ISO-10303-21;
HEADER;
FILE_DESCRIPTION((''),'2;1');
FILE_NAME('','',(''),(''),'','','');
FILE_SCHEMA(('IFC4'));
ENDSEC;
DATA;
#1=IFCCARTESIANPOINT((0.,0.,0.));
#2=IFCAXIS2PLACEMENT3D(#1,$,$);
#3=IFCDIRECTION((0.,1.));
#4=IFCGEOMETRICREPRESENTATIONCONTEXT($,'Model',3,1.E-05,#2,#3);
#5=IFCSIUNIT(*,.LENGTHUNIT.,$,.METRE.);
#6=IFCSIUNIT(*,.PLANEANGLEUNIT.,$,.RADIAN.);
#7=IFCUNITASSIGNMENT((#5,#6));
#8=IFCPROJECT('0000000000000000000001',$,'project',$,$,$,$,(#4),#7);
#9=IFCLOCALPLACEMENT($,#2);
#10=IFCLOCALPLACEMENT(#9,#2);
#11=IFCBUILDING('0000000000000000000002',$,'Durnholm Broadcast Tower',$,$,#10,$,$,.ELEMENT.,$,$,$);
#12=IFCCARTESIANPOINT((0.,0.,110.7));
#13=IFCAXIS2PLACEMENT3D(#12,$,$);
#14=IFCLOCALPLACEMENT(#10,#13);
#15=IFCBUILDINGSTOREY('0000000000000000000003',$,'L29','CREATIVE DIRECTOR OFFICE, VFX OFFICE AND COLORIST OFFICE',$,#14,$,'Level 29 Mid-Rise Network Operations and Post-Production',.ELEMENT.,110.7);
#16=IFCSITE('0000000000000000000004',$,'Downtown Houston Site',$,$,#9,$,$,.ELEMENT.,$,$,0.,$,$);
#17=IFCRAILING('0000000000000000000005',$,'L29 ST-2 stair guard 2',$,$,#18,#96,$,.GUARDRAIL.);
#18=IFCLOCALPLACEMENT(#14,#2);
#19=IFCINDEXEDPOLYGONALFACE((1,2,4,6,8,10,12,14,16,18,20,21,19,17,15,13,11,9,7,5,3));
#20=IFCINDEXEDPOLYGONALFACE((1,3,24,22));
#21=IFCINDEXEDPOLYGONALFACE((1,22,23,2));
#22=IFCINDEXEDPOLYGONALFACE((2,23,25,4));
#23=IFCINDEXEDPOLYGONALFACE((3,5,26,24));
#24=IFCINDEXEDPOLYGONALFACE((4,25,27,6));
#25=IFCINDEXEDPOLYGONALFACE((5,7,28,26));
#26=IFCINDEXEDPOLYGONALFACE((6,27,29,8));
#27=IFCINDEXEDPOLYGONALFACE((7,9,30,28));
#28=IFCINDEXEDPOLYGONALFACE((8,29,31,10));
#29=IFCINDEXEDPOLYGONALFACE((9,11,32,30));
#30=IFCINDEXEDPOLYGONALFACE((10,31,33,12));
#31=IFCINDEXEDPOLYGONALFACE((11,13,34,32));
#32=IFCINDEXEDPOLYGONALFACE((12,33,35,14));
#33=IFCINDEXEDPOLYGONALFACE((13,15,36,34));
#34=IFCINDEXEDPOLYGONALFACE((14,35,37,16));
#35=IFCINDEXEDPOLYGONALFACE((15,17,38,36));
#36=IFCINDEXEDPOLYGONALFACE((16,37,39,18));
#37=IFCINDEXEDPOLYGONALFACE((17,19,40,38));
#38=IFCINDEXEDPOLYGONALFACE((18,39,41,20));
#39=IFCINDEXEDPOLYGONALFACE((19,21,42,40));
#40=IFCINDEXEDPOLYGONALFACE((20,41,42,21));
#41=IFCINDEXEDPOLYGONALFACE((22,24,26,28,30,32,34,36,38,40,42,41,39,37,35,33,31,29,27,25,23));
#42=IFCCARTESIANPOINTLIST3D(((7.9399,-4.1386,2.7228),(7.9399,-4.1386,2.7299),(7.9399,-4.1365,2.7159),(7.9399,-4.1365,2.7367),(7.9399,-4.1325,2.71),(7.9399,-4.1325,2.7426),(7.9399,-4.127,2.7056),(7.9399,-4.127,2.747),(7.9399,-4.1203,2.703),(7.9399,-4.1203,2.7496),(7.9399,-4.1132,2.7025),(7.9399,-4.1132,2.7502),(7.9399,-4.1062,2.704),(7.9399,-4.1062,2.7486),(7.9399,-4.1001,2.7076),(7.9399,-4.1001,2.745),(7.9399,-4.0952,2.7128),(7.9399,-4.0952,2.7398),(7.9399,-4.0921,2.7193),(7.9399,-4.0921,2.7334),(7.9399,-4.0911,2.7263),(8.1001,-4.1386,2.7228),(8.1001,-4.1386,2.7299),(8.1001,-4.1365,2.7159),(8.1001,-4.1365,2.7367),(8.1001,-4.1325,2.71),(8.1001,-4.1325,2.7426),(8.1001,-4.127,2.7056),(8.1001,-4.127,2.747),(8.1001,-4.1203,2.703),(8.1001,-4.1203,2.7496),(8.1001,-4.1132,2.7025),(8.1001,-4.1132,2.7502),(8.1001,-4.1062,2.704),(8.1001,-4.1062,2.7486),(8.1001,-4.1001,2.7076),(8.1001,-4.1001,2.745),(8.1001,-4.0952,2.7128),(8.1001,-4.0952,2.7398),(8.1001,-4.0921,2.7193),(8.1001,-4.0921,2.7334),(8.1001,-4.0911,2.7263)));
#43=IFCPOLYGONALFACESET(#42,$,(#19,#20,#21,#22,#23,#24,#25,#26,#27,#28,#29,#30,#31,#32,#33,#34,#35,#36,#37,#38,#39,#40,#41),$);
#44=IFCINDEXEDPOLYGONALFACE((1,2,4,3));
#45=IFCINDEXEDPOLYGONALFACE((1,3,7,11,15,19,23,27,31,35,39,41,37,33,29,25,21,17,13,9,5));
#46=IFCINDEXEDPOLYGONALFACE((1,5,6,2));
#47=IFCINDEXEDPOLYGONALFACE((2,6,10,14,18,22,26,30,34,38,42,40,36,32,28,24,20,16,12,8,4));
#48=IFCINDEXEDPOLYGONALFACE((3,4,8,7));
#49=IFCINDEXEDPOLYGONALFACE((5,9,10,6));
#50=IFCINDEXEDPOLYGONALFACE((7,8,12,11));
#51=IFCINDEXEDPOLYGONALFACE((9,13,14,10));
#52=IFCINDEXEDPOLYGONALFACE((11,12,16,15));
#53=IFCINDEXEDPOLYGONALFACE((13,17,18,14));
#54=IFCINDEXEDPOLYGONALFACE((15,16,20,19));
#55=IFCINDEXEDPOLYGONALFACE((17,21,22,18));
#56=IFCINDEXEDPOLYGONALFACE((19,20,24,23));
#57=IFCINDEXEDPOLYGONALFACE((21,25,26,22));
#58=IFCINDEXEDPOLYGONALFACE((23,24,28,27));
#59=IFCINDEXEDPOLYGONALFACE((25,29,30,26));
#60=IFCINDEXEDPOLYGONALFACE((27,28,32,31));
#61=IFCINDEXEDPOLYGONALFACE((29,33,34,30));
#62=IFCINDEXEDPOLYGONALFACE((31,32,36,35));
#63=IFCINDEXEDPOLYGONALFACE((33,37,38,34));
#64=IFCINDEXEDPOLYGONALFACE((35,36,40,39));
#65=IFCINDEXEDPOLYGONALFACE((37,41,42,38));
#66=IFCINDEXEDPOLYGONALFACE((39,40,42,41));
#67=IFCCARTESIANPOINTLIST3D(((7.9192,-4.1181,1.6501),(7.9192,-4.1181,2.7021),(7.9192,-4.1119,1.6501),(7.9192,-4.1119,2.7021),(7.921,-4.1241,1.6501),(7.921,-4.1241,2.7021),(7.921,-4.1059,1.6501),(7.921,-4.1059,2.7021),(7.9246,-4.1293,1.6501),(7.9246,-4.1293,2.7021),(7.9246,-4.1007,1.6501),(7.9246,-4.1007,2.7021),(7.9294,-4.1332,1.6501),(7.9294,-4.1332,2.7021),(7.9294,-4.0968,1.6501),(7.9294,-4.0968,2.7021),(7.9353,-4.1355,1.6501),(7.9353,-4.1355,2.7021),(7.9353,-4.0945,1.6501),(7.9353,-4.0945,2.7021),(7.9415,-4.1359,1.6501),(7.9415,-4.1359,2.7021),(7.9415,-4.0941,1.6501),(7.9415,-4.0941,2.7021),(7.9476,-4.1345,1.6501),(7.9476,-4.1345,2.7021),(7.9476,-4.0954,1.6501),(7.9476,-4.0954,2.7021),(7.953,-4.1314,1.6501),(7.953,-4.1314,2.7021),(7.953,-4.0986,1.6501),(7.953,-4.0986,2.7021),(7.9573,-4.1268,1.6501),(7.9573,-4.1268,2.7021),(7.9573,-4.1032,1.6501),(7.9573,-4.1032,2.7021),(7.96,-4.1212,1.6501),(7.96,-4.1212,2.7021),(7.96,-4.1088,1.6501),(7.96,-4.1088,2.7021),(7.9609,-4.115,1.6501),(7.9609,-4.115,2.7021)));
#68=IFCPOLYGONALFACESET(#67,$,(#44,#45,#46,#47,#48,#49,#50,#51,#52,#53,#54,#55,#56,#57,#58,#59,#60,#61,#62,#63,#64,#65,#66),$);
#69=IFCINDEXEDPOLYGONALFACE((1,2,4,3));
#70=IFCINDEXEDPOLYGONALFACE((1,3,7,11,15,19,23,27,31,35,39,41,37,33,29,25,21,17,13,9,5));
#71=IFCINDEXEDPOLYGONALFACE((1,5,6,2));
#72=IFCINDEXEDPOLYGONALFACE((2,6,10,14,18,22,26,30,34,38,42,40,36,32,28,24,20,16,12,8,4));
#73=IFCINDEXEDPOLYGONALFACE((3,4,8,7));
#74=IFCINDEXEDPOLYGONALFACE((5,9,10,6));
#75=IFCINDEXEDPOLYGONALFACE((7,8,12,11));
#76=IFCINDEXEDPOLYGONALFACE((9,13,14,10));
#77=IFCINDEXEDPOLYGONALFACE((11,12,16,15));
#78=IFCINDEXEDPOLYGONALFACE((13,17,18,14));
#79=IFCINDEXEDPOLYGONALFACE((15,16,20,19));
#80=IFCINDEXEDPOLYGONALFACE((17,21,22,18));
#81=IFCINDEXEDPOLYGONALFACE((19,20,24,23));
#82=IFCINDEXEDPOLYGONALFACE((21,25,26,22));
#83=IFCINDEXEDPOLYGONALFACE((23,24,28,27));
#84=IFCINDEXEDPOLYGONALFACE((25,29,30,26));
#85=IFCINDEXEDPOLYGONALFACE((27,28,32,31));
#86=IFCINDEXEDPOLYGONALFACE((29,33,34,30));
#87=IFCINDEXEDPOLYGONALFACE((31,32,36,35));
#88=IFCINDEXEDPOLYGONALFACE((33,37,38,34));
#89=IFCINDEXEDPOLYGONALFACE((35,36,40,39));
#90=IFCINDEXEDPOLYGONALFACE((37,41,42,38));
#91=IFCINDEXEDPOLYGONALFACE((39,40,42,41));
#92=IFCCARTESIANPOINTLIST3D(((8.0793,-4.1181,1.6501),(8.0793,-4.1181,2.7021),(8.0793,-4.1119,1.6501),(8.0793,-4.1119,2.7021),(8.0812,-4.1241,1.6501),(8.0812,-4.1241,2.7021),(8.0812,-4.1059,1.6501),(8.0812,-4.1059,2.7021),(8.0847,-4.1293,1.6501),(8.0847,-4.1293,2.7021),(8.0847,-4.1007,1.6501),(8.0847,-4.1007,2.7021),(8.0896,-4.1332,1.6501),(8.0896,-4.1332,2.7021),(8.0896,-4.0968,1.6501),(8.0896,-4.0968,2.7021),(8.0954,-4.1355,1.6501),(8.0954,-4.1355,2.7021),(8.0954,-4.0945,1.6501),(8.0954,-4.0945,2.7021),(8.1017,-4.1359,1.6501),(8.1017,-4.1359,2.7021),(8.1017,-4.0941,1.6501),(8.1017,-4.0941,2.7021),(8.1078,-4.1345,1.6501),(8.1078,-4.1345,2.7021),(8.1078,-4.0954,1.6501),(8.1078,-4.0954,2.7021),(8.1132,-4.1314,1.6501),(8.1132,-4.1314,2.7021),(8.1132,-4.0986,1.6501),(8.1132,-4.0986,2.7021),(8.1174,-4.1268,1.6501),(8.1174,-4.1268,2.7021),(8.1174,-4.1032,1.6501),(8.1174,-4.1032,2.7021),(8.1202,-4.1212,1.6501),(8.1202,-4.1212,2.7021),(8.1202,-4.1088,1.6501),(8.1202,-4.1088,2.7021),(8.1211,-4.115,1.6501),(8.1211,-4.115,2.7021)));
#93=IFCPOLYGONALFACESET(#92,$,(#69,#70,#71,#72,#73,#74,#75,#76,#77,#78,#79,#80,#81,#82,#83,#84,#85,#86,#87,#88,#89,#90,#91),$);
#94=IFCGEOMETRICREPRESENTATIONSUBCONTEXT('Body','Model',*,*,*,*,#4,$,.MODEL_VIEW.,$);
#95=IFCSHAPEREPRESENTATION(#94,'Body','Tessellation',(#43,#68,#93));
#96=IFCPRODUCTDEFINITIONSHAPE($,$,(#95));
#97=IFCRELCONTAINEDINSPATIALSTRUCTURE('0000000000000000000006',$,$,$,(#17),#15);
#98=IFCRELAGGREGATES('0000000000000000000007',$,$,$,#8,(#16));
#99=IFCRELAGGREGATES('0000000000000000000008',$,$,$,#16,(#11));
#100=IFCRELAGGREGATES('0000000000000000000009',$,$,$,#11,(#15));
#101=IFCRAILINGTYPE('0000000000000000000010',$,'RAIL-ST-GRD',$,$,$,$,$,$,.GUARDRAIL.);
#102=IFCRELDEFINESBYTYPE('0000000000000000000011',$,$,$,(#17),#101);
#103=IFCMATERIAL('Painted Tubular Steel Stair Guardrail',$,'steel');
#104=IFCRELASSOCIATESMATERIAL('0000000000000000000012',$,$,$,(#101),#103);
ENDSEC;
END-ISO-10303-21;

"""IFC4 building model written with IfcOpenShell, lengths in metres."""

from ifc_helpers import new_model, si_unit, direction, frame, origin, origin_2d, place, context, subcontext, project, spatial, circle, extrude, material, type_object, element, save


model = new_model("IFC4")

# Units and contexts
model_context = context("Model", 3, precision=1e-05, world=origin(), true_north=direction((0.0, 1.0)))
body_context = subcontext(model_context, "Body", "Model", "MODEL_VIEW")
ifc_project = project(units=[si_unit("LENGTHUNIT", "METRE"), si_unit("PLANEANGLEUNIT", "RADIAN")], contexts=[model_context])

# Site, building, storey
site_placement = place(None, origin())
site = spatial("IfcSite", under=ifc_project, at=site_placement, Name="Downtown Houston Site", CompositionType="ELEMENT", RefElevation=0.0)
building_placement = place(site_placement, origin())
building = spatial("IfcBuilding", under=site, at=building_placement, Name="Durnholm Broadcast Tower", CompositionType="ELEMENT")
storey_placement = place(building_placement, frame((0.0, 0.0, 110.7)))
storey = spatial("IfcBuildingStorey", under=building, at=storey_placement, Name="L29", Description="CREATIVE DIRECTOR OFFICE, VFX OFFICE AND COLORIST OFFICE", LongName="Level 29 Mid-Rise Network Operations and Post-Production", CompositionType="ELEMENT", Elevation=110.7)

# Railing
ifc_material_1 = material(Name="Painted Tubular Steel Stair Guardrail", Category="steel")
railing_type_1 = type_object("IfcRailingType", Name="RAIL-ST-GRD", PredefinedType="GUARDRAIL", material=ifc_material_1)
railing_1_placement = place(storey_placement, frame((7.9399, -4.115, 1.6501)))
element("IfcRailing", 1, at=railing_1_placement, inside=storey, type_object=railing_type_1, Name="L29 ST-2 stair guard 2", PredefinedType="GUARDRAIL", context=body_context, shape_type="SweptSolid", body=[
    extrude(circle(Radius=0.0239, at=origin_2d()), frame((0.0, 0.0, 1.0762), z_axis=(1.0, 0.0, 0.0), x_axis=(0.0, 1.0, 0.0)), (0.0, 0.0, 1.0), 0.1602),
    extrude(circle(Radius=0.021, at=origin_2d()), origin(), (0.0, 0.0, 1.0), 1.052),
    extrude(circle(Radius=0.021, at=origin_2d()), frame((0.1602, 0.0, 0.0)), (0.0, 0.0, 1.0), 1.052),
])

save(model, "model.ifc")
